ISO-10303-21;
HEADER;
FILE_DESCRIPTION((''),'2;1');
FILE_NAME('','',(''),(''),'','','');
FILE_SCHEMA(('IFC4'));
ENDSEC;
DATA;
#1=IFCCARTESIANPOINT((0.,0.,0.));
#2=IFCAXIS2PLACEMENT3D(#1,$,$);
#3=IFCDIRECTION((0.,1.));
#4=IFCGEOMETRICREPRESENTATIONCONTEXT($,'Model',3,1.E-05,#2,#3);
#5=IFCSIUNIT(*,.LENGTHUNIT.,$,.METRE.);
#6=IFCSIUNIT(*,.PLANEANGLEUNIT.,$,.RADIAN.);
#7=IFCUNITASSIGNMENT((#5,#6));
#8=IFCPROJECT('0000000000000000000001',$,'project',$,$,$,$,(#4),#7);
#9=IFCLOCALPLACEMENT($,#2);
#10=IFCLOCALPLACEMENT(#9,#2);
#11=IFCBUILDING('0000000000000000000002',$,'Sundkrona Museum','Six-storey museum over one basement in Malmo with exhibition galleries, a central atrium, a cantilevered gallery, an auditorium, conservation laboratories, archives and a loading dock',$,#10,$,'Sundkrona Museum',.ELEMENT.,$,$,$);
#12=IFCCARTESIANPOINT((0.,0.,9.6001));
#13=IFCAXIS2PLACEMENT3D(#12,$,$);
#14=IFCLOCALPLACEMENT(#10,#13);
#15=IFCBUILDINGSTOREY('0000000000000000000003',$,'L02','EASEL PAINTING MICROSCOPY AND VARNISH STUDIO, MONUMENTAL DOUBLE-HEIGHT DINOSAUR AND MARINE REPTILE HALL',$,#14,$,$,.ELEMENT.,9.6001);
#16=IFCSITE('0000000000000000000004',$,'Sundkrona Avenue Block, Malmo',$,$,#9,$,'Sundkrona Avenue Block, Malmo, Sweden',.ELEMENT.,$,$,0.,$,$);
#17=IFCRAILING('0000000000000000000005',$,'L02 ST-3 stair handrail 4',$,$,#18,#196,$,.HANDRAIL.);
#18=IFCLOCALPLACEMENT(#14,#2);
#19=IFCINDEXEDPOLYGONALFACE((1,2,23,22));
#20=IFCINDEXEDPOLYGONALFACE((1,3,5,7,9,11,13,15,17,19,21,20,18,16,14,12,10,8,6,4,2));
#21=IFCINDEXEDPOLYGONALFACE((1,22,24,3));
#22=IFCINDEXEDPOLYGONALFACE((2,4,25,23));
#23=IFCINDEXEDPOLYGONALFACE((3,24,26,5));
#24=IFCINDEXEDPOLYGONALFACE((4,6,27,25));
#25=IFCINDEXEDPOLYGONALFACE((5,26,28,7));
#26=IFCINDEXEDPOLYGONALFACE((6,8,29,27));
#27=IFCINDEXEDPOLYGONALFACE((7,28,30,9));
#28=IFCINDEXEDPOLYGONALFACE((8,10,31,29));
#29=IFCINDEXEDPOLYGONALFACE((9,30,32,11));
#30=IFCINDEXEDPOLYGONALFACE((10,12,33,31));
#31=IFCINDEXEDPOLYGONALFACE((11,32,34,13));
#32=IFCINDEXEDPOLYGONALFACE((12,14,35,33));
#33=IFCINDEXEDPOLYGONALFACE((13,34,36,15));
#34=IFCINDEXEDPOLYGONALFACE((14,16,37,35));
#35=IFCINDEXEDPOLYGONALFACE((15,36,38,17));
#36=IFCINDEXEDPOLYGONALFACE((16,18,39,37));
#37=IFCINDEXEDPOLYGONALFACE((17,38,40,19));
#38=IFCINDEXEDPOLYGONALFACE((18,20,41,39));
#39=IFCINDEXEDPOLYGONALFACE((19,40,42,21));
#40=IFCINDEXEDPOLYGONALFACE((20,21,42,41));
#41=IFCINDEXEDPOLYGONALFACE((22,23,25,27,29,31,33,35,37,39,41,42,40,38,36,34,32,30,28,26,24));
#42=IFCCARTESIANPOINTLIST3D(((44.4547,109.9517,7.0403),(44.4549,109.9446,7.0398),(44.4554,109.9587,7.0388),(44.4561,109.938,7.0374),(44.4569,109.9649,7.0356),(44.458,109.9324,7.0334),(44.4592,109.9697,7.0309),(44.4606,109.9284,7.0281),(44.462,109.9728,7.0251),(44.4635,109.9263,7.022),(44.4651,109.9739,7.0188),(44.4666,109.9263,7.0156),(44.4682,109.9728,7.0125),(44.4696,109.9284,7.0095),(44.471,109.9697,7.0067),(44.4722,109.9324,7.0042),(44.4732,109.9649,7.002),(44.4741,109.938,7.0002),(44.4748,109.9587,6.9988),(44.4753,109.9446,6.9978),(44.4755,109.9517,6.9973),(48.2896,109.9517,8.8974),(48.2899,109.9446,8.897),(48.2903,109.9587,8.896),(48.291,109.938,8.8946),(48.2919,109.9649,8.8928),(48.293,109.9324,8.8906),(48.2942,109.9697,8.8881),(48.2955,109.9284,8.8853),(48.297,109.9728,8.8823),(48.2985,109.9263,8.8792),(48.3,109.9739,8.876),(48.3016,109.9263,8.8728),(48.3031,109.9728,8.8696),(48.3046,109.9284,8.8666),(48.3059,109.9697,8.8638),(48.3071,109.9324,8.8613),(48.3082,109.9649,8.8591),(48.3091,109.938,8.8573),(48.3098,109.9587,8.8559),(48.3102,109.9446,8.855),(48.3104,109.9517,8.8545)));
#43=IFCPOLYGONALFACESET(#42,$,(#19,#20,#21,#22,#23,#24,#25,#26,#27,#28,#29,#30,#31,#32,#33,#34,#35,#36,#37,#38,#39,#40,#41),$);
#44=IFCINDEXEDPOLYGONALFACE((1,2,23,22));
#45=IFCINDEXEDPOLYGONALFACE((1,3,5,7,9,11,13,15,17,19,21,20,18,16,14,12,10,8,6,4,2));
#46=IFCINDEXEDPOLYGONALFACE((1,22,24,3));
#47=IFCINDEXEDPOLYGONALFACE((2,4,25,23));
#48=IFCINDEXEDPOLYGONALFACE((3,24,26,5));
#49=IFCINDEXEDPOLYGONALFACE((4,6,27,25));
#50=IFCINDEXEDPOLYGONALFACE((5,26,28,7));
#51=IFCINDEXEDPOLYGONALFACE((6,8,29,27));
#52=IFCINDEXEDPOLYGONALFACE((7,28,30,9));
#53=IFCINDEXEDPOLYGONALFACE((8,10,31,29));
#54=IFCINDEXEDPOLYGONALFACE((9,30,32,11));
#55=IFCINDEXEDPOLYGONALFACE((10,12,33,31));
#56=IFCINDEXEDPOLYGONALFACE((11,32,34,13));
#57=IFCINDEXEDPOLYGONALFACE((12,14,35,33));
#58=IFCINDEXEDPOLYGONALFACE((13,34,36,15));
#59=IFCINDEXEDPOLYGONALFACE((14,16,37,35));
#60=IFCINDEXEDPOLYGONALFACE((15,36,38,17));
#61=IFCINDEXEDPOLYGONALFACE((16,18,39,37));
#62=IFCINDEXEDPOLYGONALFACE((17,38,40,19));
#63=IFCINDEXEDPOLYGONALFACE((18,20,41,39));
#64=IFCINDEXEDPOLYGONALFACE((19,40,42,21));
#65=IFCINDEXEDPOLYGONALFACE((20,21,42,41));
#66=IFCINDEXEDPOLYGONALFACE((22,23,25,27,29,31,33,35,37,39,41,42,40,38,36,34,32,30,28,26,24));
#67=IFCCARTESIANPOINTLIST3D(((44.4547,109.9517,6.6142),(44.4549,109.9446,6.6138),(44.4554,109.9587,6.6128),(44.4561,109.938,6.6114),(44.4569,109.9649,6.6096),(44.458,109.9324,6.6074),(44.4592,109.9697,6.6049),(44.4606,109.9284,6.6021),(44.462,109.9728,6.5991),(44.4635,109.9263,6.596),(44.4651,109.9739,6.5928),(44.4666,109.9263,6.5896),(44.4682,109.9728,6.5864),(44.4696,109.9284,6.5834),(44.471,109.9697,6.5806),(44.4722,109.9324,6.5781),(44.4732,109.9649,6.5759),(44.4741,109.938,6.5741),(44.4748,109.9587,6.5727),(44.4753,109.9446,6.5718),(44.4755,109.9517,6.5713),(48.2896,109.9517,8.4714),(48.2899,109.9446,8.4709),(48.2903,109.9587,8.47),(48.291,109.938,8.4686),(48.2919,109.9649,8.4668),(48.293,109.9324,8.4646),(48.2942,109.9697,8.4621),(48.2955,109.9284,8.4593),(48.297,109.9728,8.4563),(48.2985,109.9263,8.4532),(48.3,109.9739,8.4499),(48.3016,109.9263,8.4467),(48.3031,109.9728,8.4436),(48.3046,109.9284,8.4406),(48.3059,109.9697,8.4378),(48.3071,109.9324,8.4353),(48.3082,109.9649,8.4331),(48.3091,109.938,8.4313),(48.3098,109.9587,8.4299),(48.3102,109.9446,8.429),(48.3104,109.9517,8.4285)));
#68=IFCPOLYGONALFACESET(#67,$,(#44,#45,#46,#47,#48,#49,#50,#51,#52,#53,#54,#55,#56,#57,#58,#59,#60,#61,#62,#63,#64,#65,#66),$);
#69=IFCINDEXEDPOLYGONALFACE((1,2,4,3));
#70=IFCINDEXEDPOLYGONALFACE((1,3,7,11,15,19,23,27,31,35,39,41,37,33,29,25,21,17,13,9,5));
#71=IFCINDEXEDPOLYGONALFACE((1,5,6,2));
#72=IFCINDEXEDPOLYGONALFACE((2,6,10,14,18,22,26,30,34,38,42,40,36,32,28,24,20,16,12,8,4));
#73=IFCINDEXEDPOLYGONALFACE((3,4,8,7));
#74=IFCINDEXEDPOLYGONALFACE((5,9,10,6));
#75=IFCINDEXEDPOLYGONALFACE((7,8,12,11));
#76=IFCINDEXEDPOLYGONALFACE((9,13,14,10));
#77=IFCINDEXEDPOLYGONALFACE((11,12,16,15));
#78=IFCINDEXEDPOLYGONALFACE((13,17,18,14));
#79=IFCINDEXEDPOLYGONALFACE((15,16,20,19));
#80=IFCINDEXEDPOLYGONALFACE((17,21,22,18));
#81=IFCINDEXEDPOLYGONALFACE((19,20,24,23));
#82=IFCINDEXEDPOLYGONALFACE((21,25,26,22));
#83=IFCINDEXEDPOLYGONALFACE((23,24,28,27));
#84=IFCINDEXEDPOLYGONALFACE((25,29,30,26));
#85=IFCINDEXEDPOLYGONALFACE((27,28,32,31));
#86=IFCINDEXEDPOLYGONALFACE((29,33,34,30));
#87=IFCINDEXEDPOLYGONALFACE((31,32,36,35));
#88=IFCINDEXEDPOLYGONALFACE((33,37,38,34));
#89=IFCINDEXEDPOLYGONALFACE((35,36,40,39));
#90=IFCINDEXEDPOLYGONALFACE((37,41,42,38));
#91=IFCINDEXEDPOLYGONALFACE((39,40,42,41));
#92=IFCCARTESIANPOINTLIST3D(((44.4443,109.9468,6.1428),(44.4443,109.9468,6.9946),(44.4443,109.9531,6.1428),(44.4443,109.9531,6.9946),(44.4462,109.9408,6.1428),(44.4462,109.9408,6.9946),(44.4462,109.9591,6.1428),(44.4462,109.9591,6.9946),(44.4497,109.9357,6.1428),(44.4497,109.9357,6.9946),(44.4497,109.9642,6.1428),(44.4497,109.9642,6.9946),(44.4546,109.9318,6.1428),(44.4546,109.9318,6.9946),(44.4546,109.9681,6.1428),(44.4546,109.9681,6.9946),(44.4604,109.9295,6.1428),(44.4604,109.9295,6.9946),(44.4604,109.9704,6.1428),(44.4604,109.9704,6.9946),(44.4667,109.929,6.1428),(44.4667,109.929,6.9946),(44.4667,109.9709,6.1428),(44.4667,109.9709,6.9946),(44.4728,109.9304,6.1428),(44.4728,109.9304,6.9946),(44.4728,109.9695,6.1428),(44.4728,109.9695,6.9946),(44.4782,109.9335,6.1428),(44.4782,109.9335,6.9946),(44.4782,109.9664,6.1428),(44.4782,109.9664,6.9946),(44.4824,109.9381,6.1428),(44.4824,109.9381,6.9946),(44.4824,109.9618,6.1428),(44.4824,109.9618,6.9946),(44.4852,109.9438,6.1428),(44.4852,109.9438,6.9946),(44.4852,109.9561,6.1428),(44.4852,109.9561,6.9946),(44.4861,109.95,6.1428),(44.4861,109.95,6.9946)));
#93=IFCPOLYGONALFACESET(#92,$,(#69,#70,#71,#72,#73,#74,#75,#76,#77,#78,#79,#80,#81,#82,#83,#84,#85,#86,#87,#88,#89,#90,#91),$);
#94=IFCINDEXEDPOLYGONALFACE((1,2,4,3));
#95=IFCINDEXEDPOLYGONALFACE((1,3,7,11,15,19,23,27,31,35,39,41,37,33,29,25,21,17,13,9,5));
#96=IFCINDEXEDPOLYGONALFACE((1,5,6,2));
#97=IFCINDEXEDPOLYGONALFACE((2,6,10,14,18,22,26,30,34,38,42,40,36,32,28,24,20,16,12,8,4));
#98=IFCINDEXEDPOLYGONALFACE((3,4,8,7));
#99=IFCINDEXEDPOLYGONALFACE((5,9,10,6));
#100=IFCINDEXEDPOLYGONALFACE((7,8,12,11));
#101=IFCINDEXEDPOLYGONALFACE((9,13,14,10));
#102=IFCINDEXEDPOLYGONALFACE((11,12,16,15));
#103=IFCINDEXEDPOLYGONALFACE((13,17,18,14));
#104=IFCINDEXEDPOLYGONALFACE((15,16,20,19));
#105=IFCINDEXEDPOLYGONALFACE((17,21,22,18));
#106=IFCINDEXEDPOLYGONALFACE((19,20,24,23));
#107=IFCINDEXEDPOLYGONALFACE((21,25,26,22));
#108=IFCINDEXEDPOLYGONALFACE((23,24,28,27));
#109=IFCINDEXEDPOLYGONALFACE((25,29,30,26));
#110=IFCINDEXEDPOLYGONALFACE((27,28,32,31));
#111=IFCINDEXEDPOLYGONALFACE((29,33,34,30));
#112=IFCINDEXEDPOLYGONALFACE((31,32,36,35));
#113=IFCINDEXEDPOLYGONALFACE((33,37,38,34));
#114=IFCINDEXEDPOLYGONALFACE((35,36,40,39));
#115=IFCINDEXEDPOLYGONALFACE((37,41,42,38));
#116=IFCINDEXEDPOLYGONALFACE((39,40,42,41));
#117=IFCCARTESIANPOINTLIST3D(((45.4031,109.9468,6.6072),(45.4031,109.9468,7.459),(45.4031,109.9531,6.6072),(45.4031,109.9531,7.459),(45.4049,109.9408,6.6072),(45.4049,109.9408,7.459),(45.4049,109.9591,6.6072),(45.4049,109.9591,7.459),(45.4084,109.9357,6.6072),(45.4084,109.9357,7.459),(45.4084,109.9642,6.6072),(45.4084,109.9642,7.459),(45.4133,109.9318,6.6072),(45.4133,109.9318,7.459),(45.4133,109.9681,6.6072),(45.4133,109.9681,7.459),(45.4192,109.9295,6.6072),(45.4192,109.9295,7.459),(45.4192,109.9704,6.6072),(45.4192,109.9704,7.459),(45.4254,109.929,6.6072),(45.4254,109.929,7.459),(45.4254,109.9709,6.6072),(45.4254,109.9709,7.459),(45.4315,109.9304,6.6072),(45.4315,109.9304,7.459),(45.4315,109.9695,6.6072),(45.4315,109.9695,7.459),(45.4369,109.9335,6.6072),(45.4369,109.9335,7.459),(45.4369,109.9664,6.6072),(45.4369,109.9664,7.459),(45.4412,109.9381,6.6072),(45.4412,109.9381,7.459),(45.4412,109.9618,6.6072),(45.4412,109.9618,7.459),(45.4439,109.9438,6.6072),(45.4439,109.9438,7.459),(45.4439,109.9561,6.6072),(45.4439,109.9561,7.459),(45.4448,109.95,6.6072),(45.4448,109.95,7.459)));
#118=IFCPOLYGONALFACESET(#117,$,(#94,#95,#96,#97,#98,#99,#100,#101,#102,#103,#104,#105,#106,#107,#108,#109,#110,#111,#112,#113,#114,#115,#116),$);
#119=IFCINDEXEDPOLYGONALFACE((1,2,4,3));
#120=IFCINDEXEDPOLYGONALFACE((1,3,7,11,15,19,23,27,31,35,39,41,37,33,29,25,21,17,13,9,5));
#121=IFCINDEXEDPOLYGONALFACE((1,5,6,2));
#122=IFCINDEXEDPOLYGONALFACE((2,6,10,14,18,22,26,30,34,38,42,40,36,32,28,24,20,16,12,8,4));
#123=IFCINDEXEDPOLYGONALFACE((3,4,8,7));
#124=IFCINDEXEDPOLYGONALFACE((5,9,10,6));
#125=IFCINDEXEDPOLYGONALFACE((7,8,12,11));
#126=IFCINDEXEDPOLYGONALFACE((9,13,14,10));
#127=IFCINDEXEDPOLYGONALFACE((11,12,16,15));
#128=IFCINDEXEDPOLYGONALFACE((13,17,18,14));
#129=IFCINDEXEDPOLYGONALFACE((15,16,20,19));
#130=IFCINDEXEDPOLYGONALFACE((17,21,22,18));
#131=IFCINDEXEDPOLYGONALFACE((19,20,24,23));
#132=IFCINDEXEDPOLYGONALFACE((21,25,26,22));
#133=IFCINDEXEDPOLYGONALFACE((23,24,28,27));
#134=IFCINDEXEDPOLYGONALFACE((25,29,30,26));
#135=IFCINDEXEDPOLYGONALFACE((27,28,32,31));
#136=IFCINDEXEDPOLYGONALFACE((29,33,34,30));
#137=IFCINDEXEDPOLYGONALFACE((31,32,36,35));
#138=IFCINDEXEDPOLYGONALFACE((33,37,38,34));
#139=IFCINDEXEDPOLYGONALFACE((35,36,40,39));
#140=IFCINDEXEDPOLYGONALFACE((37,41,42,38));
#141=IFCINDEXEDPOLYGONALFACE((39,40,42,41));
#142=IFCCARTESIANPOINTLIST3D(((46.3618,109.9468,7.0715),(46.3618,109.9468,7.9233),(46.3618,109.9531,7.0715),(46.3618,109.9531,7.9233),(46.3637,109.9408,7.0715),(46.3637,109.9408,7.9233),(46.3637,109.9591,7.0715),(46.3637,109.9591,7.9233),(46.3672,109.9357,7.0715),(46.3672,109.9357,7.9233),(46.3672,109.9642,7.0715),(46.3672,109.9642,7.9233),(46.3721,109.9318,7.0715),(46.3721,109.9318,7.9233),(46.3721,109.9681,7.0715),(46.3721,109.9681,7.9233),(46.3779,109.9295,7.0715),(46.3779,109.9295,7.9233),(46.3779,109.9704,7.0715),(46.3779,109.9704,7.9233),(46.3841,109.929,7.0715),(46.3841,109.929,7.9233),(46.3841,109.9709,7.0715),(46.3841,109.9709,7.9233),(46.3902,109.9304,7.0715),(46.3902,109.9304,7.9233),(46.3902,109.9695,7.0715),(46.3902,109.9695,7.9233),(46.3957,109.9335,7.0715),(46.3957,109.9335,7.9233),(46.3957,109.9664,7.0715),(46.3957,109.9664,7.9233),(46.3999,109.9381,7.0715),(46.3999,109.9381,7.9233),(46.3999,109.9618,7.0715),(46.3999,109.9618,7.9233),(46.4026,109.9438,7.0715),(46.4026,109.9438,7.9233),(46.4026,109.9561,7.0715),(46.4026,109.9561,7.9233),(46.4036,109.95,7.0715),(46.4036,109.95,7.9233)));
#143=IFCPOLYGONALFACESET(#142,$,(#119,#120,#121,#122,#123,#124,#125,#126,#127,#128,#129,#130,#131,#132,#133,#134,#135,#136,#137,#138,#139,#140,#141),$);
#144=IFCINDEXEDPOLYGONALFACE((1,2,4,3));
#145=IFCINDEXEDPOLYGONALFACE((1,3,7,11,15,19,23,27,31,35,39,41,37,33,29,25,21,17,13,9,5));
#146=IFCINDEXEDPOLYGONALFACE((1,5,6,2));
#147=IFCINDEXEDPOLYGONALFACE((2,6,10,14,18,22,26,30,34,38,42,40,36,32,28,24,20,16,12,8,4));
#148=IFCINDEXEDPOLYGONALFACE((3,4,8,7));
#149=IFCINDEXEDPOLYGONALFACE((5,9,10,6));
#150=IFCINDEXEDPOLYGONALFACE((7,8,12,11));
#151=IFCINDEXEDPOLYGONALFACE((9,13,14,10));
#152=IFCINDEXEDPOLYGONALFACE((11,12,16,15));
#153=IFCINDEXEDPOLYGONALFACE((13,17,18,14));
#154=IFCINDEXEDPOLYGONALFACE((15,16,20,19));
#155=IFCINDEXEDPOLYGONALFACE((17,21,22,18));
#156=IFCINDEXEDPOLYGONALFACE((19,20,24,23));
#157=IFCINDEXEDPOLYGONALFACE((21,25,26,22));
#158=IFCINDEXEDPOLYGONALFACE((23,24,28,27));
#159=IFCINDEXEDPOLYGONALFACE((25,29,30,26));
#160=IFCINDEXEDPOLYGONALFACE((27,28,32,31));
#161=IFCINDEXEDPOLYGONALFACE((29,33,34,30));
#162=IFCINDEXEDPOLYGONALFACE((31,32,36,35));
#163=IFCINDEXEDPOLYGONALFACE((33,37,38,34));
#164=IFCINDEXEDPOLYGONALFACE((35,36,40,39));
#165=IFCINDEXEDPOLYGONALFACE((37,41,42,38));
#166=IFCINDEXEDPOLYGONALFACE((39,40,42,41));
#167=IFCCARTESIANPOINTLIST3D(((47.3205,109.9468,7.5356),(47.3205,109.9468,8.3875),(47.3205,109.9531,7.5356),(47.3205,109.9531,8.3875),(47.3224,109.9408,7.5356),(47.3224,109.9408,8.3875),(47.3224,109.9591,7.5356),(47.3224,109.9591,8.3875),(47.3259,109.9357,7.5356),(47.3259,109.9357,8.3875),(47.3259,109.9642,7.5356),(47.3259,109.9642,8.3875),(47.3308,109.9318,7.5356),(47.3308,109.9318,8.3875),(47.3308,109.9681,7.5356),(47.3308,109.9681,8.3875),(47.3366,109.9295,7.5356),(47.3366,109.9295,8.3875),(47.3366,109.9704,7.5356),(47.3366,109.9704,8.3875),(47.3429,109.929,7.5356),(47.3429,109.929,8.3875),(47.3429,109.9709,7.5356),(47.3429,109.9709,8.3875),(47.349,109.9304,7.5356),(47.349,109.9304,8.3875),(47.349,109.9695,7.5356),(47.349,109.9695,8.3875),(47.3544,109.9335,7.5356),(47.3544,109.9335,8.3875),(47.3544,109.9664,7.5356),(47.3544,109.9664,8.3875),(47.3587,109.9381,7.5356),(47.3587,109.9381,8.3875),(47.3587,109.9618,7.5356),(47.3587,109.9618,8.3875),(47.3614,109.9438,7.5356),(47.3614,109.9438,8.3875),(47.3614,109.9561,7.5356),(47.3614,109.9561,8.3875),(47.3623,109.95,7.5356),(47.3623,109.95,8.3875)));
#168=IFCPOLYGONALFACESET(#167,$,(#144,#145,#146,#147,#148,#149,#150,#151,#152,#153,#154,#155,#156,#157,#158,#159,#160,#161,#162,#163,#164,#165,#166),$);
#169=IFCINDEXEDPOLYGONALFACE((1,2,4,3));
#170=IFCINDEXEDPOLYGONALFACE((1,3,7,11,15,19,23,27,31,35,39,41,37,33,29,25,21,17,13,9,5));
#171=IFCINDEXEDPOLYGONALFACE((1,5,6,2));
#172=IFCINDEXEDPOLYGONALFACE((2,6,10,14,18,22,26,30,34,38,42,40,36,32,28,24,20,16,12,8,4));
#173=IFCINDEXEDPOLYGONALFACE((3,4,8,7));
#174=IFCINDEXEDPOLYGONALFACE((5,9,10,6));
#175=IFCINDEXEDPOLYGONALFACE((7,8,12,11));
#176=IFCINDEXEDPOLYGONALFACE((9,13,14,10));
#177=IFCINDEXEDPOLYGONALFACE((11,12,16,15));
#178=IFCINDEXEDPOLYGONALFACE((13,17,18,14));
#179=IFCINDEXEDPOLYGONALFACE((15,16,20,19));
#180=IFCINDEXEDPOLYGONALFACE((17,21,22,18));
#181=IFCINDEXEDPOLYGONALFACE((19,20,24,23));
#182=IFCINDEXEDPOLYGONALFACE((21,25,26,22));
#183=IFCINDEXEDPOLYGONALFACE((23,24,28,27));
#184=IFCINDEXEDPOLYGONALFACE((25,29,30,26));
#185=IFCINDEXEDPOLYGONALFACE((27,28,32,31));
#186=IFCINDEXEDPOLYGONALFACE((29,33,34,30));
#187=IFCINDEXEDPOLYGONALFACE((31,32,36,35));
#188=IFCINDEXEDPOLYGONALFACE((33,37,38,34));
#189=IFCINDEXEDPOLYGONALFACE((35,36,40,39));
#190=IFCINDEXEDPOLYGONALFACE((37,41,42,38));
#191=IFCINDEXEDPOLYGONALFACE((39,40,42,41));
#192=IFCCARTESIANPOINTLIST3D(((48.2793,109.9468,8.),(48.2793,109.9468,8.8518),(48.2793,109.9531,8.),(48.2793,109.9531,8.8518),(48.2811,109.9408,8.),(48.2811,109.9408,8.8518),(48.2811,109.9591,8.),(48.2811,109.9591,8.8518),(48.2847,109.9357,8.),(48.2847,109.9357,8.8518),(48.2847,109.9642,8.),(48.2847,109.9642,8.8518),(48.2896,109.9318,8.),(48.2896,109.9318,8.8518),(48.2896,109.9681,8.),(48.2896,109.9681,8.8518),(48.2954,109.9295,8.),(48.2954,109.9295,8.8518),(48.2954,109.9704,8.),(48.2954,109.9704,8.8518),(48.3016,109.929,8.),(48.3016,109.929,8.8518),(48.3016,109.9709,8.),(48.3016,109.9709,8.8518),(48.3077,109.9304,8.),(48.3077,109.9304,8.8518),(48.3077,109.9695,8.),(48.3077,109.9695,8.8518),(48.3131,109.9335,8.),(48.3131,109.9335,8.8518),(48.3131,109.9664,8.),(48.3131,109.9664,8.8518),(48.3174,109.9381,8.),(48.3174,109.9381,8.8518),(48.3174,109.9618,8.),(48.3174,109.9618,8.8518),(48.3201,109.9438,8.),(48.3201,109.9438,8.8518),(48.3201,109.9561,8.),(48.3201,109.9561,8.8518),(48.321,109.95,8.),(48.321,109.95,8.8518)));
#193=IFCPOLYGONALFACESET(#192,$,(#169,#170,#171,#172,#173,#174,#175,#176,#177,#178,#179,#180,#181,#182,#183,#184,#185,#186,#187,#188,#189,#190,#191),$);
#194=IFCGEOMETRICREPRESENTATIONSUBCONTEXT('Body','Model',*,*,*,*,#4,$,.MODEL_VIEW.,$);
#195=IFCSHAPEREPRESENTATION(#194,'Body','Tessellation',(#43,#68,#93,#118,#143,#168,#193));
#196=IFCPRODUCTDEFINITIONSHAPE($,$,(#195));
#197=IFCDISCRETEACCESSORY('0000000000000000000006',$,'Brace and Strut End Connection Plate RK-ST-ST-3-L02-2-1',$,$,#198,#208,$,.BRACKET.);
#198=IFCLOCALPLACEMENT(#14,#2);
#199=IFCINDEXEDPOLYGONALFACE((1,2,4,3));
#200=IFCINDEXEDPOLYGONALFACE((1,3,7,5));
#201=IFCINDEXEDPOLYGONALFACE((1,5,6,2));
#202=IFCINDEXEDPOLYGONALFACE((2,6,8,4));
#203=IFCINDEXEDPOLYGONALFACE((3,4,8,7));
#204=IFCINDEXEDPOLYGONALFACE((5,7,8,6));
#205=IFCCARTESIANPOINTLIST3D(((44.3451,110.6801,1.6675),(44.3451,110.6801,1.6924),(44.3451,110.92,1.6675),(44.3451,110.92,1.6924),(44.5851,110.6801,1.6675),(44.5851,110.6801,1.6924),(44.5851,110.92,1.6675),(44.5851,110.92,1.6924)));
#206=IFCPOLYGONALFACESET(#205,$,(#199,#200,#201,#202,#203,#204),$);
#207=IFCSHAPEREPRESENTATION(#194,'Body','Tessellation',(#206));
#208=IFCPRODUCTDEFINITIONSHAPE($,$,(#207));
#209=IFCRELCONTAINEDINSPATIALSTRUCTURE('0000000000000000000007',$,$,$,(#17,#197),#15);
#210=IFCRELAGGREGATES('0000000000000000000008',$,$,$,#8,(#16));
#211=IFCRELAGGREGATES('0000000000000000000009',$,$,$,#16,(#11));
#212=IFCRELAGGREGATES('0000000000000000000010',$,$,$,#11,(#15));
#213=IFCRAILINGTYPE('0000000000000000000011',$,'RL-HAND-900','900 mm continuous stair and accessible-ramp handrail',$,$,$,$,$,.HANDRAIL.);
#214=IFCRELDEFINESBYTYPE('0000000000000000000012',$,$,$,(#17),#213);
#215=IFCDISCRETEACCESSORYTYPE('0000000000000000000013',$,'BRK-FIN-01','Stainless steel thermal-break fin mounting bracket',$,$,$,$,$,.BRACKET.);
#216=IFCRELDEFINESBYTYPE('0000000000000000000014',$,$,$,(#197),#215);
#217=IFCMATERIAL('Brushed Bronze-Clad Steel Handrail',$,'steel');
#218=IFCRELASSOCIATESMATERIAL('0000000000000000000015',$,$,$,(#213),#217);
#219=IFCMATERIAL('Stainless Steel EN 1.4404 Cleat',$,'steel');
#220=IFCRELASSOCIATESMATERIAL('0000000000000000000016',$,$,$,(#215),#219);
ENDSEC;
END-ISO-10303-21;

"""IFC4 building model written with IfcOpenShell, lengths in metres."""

from ifc_helpers import new_model, si_unit, direction, frame, origin, origin_2d, place, context, subcontext, project, spatial, rectangle, circle, extrude, material, type_object, element, save


model = new_model("IFC4")

# Units and contexts
model_context = context("Model", 3, precision=1e-05, world=origin(), true_north=direction((0.0, 1.0)))
body_context = subcontext(model_context, "Body", "Model", "MODEL_VIEW")
ifc_project = project(units=[si_unit("LENGTHUNIT", "METRE"), si_unit("PLANEANGLEUNIT", "RADIAN")], contexts=[model_context])

# Site, building, storey
site_placement = place(None, origin())
site = spatial("IfcSite", under=ifc_project, at=site_placement, Name="Sundkrona Avenue Block, Malmo", LongName="Sundkrona Avenue Block, Malmo, Sweden", CompositionType="ELEMENT", RefElevation=0.0)
building_placement = place(site_placement, origin())
building = spatial("IfcBuilding", under=site, at=building_placement, Name="Sundkrona Museum", Description="Six-storey museum over one basement in Malmo with exhibition galleries, a central atrium, a cantilevered gallery, an auditorium, conservation laboratories, archives and a loading dock", LongName="Sundkrona Museum", CompositionType="ELEMENT")
storey_placement = place(building_placement, frame((0.0, 0.0, 9.6001)))
storey = spatial("IfcBuildingStorey", under=building, at=storey_placement, Name="L02", Description="EASEL PAINTING MICROSCOPY AND VARNISH STUDIO, MONUMENTAL DOUBLE-HEIGHT DINOSAUR AND MARINE REPTILE HALL", CompositionType="ELEMENT", Elevation=9.6001)

# Railing
ifc_material_1 = material(Name="Brushed Bronze-Clad Steel Handrail", Category="steel")
railing_type_1 = type_object("IfcRailingType", Name="RL-HAND-900", Description="900 mm continuous stair and accessible-ramp handrail", PredefinedType="HANDRAIL", material=ifc_material_1)
for number, where, name in (
    (1, (44.4651, 109.95, 6.1428), "L02 ST-3 stair handrail 4"),
):
    element("IfcRailing", number, at=place(storey_placement, frame(where)), inside=storey, type_object=railing_type_1, Name=name, PredefinedType="HANDRAIL", context=body_context, shape_type="SweptSolid", body=[
        extrude(circle(Radius=0.0239, at=origin_2d()), frame((0.0, 0.0, 0.876), z_axis=(0.900016, 0.0, 0.435856), x_axis=(0.0, 1.0, 0.0)), (0.0, 0.0, 1.0), 4.261),
        extrude(circle(Radius=0.0239, at=origin_2d()), frame((0.0, 0.0, 0.45), z_axis=(0.900016, 0.0, 0.435856), x_axis=(0.0, 1.0, 0.0)), (0.0, 0.0, 1.0), 4.261),
        extrude(circle(Radius=0.021, at=origin_2d()), origin(), (0.0, 0.0, 1.0), 0.8518),
        extrude(circle(Radius=0.021, at=origin_2d()), frame((0.9587, 0.0, 0.4644)), (0.0, 0.0, 1.0), 0.8518),
        extrude(circle(Radius=0.021, at=origin_2d()), frame((1.9175, 0.0, 0.9287)), (0.0, 0.0, 1.0), 0.8518),
        extrude(circle(Radius=0.021, at=origin_2d()), frame((2.8762, 0.0, 1.3928)), (0.0, 0.0, 1.0), 0.8518),
        extrude(circle(Radius=0.021, at=origin_2d()), frame((3.835, 0.0, 1.8572)), (0.0, 0.0, 1.0), 0.8518),
    ])

# Discrete accessory
ifc_material_2 = material(Name="Stainless Steel EN 1.4404 Cleat", Category="steel")
discrete_accessory_type = type_object("IfcDiscreteAccessoryType", Name="BRK-FIN-01", Description="Stainless steel thermal-break fin mounting bracket", PredefinedType="BRACKET", material=ifc_material_2)
for number, where, z_axis, x_axis, name in (
    (2, (44.4651, 110.8, 1.6675), (0.0, 0.0, 1.0), (1.0, 0.0, 0.0), "Brace and Strut End Connection Plate RK-ST-ST-3-L02-2-1"),
):
    element("IfcDiscreteAccessory", number, at=place(storey_placement, frame(where, z_axis=z_axis, x_axis=x_axis)), inside=storey, type_object=discrete_accessory_type, Name=name, PredefinedType="BRACKET", context=body_context, shape_type="SweptSolid", body=[
        extrude(rectangle(XDim=0.24, YDim=0.24, at=origin_2d()), origin(), (0.0, 0.0, 1.0), 0.0249),
    ])

save(model, "model.ifc")
